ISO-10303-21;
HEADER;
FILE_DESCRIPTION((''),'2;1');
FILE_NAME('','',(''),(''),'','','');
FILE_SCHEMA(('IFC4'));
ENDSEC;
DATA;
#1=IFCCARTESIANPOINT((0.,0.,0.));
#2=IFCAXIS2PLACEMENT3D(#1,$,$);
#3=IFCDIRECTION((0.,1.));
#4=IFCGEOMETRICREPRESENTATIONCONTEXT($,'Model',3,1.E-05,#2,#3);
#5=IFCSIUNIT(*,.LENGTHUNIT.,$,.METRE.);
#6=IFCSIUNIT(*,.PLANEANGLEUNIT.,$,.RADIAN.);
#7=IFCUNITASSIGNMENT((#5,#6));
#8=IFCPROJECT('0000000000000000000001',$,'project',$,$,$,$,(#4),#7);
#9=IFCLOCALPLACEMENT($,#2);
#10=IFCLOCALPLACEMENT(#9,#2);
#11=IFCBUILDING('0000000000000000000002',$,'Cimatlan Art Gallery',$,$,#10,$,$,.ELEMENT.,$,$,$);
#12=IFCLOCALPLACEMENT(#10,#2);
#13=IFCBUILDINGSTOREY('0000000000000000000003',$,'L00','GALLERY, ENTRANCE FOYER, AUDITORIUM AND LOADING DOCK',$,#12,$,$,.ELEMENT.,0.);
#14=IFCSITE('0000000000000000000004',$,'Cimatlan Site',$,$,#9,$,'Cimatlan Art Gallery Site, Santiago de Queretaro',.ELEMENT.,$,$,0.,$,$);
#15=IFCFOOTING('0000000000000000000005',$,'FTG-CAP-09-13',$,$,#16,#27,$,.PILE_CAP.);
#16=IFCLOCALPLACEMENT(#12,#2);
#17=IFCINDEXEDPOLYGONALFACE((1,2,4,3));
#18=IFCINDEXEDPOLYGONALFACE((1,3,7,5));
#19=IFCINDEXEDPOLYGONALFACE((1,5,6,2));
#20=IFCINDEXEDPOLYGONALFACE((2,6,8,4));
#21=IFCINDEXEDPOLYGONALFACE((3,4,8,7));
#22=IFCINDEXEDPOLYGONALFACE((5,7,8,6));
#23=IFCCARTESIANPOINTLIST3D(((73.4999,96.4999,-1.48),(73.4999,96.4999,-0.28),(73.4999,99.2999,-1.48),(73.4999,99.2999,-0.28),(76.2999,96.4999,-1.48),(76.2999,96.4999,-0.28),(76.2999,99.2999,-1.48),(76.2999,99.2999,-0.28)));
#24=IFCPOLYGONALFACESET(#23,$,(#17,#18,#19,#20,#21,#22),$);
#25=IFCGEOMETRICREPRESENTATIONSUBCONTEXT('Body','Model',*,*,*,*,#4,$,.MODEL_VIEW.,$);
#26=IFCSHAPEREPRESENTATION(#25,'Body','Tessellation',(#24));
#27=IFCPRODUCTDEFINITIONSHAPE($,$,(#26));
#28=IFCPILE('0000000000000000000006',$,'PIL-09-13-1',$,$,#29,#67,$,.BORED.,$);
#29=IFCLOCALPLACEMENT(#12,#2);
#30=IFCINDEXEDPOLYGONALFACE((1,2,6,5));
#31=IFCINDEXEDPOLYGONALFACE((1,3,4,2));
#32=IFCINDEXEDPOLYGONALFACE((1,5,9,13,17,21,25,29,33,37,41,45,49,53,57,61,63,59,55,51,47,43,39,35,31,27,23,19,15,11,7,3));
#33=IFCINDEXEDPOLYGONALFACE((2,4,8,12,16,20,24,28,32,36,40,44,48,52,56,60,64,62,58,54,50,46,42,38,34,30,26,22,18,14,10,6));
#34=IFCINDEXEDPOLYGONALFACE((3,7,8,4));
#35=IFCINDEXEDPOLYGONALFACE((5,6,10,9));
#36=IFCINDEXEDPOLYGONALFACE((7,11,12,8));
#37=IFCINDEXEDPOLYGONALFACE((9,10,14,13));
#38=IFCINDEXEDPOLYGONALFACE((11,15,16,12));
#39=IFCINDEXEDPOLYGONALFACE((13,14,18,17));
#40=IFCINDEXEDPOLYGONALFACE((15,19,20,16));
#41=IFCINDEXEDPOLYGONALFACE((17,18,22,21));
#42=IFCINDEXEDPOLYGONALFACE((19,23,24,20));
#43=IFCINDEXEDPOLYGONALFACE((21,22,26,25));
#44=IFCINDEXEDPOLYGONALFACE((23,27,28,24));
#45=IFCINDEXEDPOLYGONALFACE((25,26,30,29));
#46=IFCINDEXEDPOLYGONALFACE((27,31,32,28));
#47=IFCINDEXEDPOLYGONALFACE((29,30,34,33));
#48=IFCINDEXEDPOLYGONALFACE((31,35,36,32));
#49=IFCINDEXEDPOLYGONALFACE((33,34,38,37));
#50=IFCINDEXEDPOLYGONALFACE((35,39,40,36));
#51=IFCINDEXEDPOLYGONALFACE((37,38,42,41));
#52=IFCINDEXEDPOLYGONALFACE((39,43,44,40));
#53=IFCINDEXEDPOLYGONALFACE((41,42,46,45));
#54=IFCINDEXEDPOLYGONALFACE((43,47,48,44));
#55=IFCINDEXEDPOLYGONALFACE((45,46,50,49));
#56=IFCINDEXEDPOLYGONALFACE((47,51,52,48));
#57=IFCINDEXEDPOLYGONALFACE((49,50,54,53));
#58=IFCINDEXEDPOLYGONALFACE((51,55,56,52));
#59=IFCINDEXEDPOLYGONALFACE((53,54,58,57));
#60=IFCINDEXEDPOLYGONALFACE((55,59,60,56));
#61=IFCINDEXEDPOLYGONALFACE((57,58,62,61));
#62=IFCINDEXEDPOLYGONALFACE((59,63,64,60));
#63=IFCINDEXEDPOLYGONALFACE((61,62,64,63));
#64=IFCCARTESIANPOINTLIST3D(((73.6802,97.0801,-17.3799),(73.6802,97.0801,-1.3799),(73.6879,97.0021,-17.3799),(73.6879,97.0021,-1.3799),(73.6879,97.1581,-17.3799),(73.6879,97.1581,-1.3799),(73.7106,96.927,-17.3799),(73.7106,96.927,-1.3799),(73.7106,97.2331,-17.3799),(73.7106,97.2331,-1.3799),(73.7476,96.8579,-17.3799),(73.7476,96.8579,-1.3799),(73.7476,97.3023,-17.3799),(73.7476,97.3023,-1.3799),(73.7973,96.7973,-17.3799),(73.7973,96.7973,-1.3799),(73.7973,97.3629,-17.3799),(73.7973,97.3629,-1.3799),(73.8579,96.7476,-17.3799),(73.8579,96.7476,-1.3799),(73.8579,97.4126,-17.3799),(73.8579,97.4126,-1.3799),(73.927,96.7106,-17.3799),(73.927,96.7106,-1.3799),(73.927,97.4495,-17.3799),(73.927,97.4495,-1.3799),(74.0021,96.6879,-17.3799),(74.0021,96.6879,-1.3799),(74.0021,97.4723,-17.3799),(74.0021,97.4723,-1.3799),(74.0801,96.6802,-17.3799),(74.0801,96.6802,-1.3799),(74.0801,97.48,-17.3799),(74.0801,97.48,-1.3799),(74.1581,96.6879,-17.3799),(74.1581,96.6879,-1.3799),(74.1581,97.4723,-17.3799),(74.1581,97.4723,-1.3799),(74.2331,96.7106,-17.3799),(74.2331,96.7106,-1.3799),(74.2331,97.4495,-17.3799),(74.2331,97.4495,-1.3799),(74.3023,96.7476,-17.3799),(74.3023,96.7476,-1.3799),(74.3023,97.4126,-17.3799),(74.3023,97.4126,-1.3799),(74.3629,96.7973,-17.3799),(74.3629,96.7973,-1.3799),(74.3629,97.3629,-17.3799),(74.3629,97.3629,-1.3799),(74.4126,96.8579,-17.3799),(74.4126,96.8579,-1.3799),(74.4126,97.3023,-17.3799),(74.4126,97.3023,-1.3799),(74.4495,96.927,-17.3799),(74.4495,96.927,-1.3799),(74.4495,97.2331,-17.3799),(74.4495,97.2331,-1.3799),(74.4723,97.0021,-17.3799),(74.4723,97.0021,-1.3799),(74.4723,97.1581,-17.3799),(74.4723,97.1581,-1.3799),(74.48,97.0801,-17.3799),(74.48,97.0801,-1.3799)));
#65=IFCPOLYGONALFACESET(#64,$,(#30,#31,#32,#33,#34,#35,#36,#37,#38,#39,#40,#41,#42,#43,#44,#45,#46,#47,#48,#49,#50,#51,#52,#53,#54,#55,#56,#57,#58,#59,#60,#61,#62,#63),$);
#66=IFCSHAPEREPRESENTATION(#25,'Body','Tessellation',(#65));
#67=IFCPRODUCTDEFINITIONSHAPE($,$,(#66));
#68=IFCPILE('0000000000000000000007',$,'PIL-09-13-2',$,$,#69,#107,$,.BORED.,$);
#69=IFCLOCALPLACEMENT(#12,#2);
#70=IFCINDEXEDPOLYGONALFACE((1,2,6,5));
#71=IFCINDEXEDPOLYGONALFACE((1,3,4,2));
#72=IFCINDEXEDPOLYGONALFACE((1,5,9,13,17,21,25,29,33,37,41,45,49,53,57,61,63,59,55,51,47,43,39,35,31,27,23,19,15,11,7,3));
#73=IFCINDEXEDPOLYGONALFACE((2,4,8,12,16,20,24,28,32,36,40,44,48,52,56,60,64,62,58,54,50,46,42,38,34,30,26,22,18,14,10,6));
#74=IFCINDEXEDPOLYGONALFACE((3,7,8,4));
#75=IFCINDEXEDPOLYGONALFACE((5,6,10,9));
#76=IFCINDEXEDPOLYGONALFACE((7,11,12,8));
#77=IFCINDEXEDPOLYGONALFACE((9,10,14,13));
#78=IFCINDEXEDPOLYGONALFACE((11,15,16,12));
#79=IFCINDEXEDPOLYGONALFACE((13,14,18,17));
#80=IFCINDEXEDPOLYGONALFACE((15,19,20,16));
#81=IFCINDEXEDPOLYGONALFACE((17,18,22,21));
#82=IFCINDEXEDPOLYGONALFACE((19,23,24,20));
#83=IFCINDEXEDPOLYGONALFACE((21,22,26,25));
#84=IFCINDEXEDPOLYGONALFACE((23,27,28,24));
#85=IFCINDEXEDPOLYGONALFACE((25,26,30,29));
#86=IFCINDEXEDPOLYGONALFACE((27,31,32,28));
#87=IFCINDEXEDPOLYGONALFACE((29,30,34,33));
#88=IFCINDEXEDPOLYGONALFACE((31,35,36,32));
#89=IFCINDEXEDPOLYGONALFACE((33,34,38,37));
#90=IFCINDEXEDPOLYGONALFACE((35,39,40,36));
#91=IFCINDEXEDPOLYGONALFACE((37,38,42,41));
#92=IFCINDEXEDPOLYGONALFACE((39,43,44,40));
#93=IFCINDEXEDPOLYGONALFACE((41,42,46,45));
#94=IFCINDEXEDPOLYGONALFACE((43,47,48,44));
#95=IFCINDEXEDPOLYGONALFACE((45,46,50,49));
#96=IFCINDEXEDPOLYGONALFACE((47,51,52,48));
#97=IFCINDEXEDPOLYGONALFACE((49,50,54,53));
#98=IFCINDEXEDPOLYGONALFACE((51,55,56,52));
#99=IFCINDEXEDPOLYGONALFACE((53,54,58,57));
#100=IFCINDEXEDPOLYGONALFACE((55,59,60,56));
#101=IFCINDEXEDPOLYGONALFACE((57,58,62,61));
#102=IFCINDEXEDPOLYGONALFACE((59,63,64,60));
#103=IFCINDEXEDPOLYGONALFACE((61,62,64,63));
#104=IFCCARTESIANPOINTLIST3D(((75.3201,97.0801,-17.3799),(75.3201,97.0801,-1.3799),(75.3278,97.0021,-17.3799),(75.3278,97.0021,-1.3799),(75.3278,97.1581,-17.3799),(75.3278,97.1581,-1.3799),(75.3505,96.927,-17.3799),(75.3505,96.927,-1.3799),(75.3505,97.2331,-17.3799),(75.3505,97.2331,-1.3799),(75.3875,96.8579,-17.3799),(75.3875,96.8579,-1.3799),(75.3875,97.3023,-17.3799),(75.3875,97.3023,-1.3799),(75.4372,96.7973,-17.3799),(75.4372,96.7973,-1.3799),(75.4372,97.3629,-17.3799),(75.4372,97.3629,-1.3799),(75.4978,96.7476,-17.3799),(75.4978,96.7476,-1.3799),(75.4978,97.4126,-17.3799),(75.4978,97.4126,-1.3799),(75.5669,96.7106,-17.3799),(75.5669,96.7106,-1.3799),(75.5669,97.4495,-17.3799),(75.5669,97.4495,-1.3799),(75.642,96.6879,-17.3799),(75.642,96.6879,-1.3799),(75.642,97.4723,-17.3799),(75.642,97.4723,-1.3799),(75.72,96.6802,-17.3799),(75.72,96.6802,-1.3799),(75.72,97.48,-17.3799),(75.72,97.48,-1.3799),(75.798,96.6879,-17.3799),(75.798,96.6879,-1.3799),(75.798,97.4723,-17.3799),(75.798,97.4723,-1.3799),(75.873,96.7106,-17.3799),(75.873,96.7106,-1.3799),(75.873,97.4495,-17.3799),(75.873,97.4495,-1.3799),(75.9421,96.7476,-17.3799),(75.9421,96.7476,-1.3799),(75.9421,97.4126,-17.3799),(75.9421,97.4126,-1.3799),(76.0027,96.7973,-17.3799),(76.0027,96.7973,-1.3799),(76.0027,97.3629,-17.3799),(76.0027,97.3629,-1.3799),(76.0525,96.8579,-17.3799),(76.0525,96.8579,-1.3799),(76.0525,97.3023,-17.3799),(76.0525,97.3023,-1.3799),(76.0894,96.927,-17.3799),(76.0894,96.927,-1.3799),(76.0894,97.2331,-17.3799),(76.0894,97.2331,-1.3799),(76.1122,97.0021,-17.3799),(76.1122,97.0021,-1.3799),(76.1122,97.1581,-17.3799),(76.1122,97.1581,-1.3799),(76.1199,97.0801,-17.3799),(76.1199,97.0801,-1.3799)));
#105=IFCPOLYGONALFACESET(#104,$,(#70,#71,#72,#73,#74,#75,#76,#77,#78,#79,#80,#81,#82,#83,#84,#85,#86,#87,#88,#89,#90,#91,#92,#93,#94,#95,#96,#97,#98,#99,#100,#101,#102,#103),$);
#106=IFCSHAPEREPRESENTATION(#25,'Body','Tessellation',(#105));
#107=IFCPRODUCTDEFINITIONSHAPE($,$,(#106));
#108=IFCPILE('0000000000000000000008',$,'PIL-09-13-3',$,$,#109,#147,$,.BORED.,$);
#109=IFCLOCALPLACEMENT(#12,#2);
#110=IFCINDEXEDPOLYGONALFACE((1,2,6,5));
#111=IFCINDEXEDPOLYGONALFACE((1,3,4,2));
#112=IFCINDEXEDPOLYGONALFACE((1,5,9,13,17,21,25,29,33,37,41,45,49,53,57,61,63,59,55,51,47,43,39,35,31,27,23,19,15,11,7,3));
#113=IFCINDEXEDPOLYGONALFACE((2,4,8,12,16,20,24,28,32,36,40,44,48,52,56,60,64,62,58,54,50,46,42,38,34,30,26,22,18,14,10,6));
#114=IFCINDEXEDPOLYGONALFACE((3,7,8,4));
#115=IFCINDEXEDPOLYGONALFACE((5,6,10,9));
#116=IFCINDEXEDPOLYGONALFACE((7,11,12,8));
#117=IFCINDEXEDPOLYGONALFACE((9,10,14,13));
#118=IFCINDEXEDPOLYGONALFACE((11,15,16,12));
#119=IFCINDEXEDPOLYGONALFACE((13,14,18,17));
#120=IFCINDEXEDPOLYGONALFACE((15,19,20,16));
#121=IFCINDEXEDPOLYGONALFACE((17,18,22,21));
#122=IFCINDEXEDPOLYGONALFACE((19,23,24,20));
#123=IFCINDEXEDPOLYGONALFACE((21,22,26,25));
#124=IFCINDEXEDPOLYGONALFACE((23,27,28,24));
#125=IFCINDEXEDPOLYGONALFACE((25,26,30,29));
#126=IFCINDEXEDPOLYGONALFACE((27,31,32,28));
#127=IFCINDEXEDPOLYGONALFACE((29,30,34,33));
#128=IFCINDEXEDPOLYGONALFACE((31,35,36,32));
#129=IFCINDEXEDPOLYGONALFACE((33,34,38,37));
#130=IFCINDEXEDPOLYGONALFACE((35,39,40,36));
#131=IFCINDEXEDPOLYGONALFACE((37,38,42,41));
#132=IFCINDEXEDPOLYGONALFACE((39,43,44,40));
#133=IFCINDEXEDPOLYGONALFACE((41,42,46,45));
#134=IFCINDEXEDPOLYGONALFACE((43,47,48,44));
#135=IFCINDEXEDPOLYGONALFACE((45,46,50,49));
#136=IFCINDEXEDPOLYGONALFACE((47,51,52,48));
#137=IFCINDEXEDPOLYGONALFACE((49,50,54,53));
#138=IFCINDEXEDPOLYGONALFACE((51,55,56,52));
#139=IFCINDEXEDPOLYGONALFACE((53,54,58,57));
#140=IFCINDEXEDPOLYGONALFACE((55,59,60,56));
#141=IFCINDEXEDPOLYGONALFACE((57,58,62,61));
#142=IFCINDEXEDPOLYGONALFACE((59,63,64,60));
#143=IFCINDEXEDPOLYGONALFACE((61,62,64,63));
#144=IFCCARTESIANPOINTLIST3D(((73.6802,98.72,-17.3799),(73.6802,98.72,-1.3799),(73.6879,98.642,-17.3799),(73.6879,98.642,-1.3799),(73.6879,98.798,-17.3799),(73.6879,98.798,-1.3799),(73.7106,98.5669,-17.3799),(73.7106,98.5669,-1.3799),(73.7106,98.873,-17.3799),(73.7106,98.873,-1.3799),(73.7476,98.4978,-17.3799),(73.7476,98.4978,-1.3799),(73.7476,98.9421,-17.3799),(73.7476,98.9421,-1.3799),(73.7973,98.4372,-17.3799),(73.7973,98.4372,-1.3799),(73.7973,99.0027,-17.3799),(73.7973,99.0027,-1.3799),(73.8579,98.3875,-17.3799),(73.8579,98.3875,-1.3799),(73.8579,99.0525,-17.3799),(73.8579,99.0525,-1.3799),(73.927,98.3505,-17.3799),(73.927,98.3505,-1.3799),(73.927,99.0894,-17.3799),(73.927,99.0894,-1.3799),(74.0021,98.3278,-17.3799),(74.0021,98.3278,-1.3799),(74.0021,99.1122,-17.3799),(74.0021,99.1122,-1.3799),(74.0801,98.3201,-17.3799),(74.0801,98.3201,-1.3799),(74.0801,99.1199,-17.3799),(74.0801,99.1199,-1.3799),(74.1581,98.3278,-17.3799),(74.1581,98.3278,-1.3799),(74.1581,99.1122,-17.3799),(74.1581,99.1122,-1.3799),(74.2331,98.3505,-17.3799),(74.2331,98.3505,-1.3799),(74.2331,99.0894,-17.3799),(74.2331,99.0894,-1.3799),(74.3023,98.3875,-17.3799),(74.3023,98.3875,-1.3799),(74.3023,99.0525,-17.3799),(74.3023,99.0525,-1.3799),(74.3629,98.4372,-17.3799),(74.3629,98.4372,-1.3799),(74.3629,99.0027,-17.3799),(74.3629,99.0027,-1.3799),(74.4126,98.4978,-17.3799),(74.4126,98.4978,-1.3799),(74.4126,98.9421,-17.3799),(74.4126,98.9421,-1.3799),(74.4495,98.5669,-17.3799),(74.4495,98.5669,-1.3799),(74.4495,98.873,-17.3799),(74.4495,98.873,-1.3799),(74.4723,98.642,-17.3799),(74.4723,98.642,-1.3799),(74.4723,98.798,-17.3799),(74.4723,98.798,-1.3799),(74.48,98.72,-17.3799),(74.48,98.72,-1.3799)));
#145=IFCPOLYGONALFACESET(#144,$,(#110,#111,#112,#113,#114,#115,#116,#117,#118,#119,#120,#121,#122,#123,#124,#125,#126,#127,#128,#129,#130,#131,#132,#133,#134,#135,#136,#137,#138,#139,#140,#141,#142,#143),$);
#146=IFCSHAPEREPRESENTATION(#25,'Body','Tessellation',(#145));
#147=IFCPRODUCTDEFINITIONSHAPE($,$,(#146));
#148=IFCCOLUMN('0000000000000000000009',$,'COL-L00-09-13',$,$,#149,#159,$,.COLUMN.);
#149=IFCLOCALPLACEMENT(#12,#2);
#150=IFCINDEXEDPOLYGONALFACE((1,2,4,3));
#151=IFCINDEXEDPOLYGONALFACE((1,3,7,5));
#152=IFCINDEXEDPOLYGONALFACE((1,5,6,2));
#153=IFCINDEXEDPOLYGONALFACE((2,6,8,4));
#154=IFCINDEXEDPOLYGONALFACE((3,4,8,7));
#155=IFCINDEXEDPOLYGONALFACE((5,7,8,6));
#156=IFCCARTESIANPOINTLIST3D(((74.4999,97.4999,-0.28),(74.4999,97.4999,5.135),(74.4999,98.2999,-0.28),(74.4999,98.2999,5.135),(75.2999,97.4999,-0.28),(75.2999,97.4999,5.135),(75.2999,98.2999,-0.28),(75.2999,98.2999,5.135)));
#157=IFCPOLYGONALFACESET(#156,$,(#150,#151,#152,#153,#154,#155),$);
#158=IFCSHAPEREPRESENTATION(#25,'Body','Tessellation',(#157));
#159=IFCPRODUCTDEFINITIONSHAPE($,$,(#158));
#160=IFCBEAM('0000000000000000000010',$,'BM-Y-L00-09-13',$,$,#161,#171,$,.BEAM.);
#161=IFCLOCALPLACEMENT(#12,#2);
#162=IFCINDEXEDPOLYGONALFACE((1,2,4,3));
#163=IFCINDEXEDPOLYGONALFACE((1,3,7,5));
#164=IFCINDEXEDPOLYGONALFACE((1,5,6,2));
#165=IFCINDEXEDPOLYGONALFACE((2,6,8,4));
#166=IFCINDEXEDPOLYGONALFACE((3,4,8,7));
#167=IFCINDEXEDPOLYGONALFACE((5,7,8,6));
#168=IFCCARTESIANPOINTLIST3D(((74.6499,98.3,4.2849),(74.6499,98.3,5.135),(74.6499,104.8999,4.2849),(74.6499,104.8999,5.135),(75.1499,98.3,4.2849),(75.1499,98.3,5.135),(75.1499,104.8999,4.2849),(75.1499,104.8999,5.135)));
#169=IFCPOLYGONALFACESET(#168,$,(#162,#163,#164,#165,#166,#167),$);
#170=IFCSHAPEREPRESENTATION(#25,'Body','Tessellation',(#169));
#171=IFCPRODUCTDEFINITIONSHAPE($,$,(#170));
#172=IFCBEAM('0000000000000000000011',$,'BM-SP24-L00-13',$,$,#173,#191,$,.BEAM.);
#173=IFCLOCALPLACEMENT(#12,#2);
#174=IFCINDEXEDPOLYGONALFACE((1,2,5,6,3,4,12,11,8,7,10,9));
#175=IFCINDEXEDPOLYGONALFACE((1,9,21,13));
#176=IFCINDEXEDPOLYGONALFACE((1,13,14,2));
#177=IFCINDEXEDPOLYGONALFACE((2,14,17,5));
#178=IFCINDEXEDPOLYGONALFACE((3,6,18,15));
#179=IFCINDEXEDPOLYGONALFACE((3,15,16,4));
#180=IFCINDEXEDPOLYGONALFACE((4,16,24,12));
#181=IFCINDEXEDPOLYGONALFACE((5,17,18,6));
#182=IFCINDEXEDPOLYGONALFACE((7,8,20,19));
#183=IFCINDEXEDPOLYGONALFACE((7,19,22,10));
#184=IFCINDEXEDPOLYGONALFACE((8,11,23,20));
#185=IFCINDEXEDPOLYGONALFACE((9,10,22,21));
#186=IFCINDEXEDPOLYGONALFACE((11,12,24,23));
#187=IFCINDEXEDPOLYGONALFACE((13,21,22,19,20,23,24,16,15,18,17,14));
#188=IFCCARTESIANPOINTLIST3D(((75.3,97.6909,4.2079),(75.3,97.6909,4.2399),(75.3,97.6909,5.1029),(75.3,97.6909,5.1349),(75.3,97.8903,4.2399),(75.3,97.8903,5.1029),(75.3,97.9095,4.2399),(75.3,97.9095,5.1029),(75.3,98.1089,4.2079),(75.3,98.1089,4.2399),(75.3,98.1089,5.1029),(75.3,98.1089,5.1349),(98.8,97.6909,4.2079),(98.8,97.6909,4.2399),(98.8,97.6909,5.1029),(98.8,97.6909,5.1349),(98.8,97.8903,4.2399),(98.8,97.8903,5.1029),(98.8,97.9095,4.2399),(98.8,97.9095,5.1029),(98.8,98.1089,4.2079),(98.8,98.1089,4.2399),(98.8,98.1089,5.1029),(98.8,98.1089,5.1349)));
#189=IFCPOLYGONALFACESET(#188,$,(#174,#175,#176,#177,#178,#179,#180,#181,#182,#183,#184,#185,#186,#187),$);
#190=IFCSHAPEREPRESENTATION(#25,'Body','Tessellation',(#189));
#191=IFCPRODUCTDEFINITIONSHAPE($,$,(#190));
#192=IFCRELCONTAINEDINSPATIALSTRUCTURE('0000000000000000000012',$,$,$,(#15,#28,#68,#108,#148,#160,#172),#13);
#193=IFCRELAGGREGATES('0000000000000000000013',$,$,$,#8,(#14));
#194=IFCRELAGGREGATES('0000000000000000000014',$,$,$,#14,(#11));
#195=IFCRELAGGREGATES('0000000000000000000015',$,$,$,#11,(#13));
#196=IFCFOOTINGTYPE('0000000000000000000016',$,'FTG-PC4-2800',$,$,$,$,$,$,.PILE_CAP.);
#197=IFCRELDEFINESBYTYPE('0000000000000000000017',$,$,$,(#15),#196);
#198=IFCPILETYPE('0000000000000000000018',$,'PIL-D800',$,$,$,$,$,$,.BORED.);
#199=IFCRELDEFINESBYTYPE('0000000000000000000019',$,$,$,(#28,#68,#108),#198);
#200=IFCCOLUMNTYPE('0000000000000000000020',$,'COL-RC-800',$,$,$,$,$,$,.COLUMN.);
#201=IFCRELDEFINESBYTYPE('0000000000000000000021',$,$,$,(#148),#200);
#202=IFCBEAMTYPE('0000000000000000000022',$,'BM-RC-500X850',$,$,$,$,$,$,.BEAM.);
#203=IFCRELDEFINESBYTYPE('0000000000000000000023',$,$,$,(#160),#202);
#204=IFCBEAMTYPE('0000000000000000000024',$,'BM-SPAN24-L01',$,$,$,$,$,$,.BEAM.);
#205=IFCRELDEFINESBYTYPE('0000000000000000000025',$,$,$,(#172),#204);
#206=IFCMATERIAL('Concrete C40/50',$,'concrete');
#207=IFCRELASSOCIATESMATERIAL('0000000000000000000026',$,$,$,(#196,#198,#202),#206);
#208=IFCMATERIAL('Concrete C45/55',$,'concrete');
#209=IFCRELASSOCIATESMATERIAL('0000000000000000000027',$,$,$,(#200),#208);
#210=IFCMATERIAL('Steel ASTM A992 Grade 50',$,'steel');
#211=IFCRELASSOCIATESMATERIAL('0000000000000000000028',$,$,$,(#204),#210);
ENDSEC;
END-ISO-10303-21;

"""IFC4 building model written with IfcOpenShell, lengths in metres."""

from ifc_helpers import new_model, si_unit, direction, frame, origin, origin_2d, place, context, subcontext, project, spatial, rectangle, circle, i_section, extrude, material, material_profile, profile_set, type_object, element, save


model = new_model("IFC4")

# Units and contexts
model_context = context("Model", 3, precision=1e-05, world=origin(), true_north=direction((0.0, 1.0)))
body_context = subcontext(model_context, "Body", "Model", "MODEL_VIEW")
ifc_project = project(units=[si_unit("LENGTHUNIT", "METRE"), si_unit("PLANEANGLEUNIT", "RADIAN")], contexts=[model_context])

# Site, building, storey
site_placement = place(None, origin())
site = spatial("IfcSite", under=ifc_project, at=site_placement, Name="Cimatlan Site", LongName="Cimatlan Art Gallery Site, Santiago de Queretaro", CompositionType="ELEMENT", RefElevation=0.0)
building_placement = place(site_placement, origin())
building = spatial("IfcBuilding", under=site, at=building_placement, Name="Cimatlan Art Gallery", CompositionType="ELEMENT")
storey_placement = place(building_placement, origin())
storey = spatial("IfcBuildingStorey", under=building, at=storey_placement, Name="L00", Description="GALLERY, ENTRANCE FOYER, AUDITORIUM AND LOADING DOCK", CompositionType="ELEMENT", Elevation=0.0)

# Footing
ifc_material_1 = material(Name="Concrete C40/50", Category="concrete")
footing_type = type_object("IfcFootingType", Name="FTG-PC4-2800", PredefinedType="PILE_CAP", material=ifc_material_1)
footing_placement = place(storey_placement, frame((74.8999, 97.8999, -1.48), z_axis=(0.0, 0.0, 1.0), x_axis=(1.0, 0.0, 0.0)))
element("IfcFooting", 1, at=footing_placement, inside=storey, type_object=footing_type, Name="FTG-CAP-09-13", PredefinedType="PILE_CAP", context=body_context, shape_type="SweptSolid", body=[
    extrude(rectangle(XDim=2.8, YDim=2.8, at=origin_2d()), origin(), (0.0, 0.0, 1.0), 1.2),
])

# Piles
pile_type = type_object("IfcPileType", Name="PIL-D800", PredefinedType="BORED", material=ifc_material_1)
for number, where, z_axis, x_axis, name in (
    (2, (74.0801, 97.0801, -1.3799), (0.0, 0.0, -1.0), (1.0, 0.0, 0.0), "PIL-09-13-1"),
    (3, (75.72, 97.0801, -1.3799), (0.0, 0.0, -1.0), (1.0, 0.0, 0.0), "PIL-09-13-2"),
    (4, (74.0801, 98.72, -1.3799), (0.0, 0.0, -1.0), (1.0, 0.0, 0.0), "PIL-09-13-3"),
):
    element("IfcPile", number, at=place(storey_placement, frame(where, z_axis=z_axis, x_axis=x_axis)), inside=storey, type_object=pile_type, Name=name, PredefinedType="BORED", context=body_context, shape_type="SweptSolid", body=[
        extrude(circle(Radius=0.3999, at=origin_2d()), origin(), (0.0, 0.0, 1.0), 16.0),
    ])

# Column
ifc_material_2 = material(Name="Concrete C45/55", Category="concrete")
ifc_material_profile_1 = material_profile(ifc_material_2, rectangle(XDim=0.8, YDim=0.8, at=origin_2d()), Name="RC800X800")
ifc_profile_set_1 = profile_set([ifc_material_profile_1], Name="Concrete C45/55")
column_type = type_object("IfcColumnType", Name="COL-RC-800", PredefinedType="COLUMN", material=ifc_profile_set_1)
column_placement = place(storey_placement, frame((74.8999, 97.8999, -0.28), z_axis=(0.0, 0.0, 1.0), x_axis=(1.0, 0.0, 0.0)))
element("IfcColumn", 5, at=column_placement, inside=storey, type_object=column_type, Name="COL-L00-09-13", PredefinedType="COLUMN", context=body_context, shape_type="SweptSolid", body=[
    extrude(rectangle(XDim=0.8, YDim=0.8, at=origin_2d()), origin(), (0.0, 0.0, 1.0), 5.415),
])

# Beams
ifc_material_profile_2 = material_profile(ifc_material_1, rectangle(XDim=0.5, YDim=0.8501, at=origin_2d()), Name="RC500X850")
ifc_profile_set_2 = profile_set([ifc_material_profile_2], Name="Concrete C40/50")
beam_type_1 = type_object("IfcBeamType", Name="BM-RC-500X850", PredefinedType="BEAM", material=ifc_profile_set_2)
beam_1_placement = place(storey_placement, frame((74.8999, 98.3, 4.71), z_axis=(0.0, 1.0, 0.0), x_axis=(-1.0, 0.0, 0.0)))
element("IfcBeam", 6, at=beam_1_placement, inside=storey, type_object=beam_type_1, Name="BM-Y-L00-09-13", PredefinedType="BEAM", context=body_context, shape_type="SweptSolid", body=[
    extrude(rectangle(XDim=0.5, YDim=0.8501, at=origin_2d()), origin(), (0.0, 0.0, 1.0), 6.5999),
])
ifc_material_3 = material(Name="Steel ASTM A992 Grade 50", Category="steel")
ifc_material_profile_3 = material_profile(ifc_material_3, i_section(OverallWidth=0.418, OverallDepth=0.927, WebThickness=0.0193, FlangeThickness=0.032, at=origin_2d()), Name="W36X231")
ifc_profile_set_3 = profile_set([ifc_material_profile_3], Name="Steel ASTM A992 Grade 50")
beam_type_2 = type_object("IfcBeamType", Name="BM-SPAN24-L01", PredefinedType="BEAM", material=ifc_profile_set_3)
beam_2_placement = place(storey_placement, frame((75.3, 97.8999, 4.6714), z_axis=(1.0, 0.0, 0.0), x_axis=(0.0, 1.0, 0.0)))
element("IfcBeam", 7, at=beam_2_placement, inside=storey, type_object=beam_type_2, Name="BM-SP24-L00-13", PredefinedType="BEAM", context=body_context, shape_type="SweptSolid", body=[
    extrude(i_section(OverallWidth=0.418, OverallDepth=0.927, WebThickness=0.0193, FlangeThickness=0.032, at=origin_2d()), origin(), (0.0, 0.0, 1.0), 23.5),
])

save(model, "model.ifc")
